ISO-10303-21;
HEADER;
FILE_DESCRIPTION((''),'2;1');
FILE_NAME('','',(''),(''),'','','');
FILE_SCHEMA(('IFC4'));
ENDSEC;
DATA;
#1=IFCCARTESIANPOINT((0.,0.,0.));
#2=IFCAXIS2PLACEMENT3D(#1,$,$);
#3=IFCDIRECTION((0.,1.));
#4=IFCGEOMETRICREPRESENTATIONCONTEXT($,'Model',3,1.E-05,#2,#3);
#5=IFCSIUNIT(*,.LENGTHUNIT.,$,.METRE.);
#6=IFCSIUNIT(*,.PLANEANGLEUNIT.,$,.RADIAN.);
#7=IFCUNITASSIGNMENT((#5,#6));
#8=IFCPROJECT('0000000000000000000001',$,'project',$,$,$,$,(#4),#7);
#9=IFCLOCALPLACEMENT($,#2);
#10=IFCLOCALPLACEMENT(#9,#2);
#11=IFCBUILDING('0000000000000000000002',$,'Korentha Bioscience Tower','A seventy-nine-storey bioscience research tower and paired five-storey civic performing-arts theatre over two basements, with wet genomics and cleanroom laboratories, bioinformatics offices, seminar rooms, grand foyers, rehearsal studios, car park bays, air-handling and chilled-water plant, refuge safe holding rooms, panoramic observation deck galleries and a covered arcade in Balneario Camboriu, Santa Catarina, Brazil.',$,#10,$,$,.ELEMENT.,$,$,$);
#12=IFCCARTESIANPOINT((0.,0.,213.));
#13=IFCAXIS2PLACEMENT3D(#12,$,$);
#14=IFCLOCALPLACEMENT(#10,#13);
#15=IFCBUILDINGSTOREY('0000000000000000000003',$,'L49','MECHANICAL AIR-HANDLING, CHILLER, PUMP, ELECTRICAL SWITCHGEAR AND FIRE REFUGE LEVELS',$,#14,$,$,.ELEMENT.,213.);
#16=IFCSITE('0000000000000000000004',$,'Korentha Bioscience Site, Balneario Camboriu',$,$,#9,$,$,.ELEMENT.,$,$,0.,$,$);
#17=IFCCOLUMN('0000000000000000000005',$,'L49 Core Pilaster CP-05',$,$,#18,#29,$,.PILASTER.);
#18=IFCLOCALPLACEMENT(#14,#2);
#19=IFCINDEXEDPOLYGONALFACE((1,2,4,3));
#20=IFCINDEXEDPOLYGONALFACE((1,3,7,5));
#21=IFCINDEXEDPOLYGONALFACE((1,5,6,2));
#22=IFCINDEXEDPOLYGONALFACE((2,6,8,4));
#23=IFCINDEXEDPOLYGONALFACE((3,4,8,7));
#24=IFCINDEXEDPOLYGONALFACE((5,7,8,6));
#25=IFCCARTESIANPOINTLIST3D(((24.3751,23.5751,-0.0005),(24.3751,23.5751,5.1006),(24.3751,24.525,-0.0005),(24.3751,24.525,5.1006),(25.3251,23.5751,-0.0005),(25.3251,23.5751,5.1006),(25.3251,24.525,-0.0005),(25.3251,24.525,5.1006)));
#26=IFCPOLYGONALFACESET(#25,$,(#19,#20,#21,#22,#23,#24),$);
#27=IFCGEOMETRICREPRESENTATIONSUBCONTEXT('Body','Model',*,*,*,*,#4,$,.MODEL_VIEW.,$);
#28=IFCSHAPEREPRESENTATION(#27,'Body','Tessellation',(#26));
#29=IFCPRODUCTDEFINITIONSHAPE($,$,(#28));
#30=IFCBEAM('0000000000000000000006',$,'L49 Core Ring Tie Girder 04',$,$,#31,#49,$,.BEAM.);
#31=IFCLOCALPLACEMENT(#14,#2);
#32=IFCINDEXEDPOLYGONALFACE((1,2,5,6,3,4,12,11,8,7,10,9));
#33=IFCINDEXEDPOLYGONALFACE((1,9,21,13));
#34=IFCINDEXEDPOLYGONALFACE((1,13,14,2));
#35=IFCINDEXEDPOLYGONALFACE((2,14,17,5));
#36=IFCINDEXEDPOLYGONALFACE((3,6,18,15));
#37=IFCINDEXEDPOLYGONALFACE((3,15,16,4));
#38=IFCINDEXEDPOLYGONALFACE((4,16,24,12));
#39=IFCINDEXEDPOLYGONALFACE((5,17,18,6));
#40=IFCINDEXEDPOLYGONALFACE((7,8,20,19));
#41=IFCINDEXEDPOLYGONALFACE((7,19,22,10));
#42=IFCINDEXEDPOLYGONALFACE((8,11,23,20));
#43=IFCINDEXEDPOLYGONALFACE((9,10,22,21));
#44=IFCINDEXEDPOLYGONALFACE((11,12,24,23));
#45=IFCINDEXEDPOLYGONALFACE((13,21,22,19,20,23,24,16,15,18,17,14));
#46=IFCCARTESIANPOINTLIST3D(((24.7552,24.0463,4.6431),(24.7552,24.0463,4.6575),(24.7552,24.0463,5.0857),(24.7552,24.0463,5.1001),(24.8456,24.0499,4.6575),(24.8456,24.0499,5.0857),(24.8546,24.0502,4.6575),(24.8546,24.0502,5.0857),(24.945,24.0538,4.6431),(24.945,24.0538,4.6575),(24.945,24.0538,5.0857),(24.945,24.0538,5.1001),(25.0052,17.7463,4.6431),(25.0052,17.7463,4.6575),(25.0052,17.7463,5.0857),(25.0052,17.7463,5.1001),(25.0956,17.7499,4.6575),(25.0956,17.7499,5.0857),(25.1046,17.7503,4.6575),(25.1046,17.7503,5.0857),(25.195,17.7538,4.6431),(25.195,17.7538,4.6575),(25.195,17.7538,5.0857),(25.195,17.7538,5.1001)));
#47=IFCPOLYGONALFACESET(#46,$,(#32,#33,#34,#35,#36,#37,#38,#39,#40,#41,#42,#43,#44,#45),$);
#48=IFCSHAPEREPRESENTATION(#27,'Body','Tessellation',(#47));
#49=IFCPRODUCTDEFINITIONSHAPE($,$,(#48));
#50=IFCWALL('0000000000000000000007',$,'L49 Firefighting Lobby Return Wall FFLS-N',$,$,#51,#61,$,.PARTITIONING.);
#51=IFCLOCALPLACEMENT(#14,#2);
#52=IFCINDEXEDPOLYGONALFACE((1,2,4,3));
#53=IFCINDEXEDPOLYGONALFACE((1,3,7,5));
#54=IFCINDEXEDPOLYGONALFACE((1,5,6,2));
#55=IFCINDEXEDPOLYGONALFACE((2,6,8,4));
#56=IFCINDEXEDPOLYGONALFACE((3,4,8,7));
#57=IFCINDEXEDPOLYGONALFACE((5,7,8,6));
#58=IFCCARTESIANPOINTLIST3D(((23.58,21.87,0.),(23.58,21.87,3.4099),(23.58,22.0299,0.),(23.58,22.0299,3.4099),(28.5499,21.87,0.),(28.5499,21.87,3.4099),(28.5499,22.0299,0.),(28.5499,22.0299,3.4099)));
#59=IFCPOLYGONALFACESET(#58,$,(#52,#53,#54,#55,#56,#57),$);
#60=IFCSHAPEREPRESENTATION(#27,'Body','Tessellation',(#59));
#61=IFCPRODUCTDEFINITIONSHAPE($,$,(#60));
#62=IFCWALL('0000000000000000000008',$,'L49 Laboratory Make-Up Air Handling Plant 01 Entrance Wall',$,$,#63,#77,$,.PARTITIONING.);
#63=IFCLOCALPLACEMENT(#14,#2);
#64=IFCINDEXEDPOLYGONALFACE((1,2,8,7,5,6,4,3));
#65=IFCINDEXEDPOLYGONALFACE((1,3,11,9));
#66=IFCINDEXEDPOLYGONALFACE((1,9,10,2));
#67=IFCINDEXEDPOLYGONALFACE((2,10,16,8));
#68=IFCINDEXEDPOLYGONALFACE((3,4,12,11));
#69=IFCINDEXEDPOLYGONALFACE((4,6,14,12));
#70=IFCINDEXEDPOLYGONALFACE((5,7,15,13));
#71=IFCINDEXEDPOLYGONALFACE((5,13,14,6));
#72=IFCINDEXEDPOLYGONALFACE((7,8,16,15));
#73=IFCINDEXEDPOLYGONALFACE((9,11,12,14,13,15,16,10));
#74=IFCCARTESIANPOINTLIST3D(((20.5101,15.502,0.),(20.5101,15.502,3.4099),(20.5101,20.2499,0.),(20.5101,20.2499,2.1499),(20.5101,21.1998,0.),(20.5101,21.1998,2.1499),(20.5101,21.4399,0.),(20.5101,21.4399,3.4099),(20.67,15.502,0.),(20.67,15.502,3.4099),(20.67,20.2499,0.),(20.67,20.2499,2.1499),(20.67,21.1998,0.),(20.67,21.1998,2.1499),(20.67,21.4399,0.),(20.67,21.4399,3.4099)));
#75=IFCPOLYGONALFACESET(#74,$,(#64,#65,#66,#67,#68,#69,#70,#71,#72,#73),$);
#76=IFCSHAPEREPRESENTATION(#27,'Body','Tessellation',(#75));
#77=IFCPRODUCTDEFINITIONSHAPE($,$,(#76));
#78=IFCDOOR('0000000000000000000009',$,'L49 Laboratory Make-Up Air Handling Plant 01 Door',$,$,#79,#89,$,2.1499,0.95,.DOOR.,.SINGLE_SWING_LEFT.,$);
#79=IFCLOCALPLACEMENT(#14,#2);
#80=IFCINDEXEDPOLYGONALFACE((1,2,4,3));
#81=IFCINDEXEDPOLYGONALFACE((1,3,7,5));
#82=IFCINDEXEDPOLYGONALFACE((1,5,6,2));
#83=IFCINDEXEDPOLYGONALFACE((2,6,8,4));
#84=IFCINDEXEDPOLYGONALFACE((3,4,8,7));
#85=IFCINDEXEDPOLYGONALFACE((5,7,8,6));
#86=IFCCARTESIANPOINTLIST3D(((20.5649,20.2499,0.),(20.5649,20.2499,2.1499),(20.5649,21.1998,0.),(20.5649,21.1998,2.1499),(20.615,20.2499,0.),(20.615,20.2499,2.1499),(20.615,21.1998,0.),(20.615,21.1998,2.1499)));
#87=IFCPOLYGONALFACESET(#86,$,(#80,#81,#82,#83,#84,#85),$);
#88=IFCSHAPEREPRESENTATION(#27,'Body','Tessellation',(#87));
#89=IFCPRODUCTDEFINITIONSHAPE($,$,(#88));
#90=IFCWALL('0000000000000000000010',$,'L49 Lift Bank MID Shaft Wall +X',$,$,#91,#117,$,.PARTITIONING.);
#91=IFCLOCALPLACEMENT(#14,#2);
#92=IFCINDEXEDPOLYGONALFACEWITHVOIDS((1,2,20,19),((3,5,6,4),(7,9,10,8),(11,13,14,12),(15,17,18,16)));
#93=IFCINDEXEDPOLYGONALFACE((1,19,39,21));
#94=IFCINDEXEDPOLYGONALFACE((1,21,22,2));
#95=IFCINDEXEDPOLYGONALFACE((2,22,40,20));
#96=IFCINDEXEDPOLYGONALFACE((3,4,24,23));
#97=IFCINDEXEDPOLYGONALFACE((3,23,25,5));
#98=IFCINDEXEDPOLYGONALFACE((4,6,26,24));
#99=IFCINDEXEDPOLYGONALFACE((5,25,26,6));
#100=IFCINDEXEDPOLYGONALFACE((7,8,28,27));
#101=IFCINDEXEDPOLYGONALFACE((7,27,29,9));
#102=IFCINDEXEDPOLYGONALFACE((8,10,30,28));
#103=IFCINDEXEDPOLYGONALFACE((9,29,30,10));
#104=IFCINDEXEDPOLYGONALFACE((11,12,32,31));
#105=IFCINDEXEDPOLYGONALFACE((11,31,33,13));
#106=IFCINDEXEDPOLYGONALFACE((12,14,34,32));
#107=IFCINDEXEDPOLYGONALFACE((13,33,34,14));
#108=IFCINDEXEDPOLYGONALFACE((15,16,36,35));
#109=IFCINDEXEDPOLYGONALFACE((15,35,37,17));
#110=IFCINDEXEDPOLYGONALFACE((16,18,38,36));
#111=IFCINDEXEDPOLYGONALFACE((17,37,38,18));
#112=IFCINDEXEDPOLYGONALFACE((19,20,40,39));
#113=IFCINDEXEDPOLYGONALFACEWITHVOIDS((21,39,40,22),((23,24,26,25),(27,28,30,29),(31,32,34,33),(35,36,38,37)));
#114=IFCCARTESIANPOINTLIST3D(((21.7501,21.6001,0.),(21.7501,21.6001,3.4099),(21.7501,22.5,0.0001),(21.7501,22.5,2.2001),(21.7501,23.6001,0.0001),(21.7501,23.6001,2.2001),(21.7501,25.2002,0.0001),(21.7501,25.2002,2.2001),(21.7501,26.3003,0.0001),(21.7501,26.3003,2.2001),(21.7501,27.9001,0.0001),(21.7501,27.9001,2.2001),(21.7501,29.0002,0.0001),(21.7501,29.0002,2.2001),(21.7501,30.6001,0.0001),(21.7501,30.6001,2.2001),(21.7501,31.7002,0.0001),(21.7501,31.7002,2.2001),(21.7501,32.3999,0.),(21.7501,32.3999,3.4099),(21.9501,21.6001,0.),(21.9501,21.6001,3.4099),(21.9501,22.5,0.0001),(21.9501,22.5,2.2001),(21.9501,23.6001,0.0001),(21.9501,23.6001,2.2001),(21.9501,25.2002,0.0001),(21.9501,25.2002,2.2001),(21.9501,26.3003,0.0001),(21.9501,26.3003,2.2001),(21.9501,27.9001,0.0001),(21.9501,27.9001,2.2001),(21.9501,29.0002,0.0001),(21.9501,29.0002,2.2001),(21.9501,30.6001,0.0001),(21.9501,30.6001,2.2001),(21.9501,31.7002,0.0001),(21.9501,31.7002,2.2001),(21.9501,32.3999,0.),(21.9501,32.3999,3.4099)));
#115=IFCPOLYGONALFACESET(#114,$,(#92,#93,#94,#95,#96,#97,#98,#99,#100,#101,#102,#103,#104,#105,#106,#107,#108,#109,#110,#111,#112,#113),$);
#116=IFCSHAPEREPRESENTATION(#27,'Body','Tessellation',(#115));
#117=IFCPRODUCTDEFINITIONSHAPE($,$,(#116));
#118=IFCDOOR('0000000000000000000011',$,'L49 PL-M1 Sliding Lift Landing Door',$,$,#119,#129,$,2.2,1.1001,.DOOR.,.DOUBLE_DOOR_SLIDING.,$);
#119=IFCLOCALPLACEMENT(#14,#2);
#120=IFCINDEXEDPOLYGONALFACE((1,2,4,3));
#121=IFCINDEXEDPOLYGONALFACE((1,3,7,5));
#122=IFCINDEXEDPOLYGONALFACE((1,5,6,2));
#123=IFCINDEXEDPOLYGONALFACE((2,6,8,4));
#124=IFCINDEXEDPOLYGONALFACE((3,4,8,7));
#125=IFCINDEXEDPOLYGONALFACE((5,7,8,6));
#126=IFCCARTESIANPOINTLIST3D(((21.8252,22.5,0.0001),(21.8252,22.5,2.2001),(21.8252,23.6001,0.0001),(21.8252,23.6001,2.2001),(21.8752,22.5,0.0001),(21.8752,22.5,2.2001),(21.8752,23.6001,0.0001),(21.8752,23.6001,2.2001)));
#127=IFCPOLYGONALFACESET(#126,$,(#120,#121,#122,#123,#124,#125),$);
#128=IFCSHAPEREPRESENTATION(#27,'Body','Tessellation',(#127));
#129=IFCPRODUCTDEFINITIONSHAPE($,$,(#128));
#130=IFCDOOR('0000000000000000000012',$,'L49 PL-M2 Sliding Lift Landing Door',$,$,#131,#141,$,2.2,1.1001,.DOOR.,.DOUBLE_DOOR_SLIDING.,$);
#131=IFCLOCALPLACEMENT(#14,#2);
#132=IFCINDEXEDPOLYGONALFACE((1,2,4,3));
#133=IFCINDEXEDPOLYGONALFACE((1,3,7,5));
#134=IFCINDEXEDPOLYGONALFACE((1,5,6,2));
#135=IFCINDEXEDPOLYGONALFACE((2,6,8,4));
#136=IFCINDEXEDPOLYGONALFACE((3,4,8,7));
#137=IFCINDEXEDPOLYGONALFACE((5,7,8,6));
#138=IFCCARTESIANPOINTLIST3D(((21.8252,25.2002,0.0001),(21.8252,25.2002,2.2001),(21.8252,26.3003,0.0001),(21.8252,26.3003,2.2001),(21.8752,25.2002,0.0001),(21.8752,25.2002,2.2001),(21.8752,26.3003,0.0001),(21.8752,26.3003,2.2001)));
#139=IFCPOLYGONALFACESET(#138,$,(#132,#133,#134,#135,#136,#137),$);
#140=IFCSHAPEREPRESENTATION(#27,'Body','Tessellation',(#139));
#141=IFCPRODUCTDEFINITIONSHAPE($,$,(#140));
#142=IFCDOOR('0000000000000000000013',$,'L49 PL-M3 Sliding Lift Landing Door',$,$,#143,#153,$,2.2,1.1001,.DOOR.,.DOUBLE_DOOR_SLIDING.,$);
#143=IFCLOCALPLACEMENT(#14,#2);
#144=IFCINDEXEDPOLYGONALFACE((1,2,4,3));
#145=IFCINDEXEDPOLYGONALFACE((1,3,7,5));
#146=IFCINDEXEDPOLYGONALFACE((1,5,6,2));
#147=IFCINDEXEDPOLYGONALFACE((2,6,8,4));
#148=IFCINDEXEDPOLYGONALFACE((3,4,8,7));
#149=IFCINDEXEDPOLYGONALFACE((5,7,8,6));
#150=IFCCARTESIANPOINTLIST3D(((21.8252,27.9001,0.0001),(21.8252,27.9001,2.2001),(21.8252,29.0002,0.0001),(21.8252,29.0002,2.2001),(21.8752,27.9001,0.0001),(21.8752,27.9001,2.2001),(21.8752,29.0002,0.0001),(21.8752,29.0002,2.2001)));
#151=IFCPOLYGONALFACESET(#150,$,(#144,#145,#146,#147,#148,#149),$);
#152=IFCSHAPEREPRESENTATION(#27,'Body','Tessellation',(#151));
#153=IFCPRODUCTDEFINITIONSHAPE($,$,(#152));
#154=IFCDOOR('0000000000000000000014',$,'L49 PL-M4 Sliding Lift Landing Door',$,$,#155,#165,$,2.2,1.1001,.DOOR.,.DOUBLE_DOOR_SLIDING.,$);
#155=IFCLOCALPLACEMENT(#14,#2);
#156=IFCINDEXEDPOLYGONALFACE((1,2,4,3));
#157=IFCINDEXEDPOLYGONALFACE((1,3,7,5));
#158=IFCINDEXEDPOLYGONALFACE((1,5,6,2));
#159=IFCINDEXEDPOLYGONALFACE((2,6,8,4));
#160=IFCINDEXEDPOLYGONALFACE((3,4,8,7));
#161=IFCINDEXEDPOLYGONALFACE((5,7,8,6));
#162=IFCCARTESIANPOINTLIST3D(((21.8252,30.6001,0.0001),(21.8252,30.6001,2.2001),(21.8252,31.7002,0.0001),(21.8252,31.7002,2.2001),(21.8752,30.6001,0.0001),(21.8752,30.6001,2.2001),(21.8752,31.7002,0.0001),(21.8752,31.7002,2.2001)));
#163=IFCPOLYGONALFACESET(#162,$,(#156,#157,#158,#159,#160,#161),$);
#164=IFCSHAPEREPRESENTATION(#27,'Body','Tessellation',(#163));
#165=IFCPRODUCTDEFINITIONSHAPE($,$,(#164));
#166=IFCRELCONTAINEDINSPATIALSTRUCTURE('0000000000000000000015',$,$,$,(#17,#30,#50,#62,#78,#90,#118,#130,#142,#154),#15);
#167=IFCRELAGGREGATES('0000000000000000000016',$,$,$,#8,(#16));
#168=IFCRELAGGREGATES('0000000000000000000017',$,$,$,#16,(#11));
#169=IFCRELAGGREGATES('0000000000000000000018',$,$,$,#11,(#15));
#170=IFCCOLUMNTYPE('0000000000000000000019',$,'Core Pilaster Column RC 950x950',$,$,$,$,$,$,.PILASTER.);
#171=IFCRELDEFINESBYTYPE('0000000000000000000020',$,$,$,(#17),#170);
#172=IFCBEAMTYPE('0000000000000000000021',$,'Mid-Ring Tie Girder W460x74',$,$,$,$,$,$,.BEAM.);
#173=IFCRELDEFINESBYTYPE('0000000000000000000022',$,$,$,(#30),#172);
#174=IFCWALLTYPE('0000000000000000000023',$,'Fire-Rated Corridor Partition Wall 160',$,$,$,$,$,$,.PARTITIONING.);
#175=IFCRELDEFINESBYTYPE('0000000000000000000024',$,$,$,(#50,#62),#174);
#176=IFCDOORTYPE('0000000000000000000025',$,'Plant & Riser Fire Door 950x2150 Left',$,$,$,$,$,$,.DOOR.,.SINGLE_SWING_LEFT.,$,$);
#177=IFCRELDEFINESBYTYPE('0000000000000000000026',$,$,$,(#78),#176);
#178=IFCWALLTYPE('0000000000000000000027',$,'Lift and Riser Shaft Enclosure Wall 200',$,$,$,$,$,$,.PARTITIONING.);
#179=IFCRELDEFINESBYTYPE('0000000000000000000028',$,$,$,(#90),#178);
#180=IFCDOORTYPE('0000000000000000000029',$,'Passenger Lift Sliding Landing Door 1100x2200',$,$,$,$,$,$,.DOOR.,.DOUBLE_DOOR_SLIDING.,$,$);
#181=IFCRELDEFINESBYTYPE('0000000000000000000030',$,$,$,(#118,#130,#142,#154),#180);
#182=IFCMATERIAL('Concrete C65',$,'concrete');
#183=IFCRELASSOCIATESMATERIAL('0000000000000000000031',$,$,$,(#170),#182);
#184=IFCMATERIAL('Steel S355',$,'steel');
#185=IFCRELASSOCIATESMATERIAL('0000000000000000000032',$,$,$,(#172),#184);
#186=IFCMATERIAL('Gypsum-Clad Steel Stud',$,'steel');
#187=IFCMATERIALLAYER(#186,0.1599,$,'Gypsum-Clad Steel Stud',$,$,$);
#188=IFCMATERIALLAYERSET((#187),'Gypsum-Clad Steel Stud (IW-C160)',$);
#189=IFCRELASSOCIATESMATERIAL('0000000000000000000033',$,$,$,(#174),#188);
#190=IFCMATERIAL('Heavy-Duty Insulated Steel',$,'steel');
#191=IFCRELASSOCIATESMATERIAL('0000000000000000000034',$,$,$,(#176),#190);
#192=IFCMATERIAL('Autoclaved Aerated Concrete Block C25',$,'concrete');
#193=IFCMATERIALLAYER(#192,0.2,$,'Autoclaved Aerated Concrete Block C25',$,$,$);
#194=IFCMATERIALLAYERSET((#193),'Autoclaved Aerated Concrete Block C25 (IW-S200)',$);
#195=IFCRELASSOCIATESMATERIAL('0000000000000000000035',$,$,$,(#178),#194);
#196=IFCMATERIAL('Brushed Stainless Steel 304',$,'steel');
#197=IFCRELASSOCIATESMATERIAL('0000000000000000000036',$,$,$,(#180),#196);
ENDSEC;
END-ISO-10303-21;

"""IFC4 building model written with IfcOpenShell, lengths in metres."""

from ifc_helpers import new_model, si_unit, direction, frame, frame_2d, origin, origin_2d, place, context, subcontext, project, spatial, rectangle, i_section, extrude, material, layer, layer_set, material_profile, profile_set, type_object, element, fill, save


model = new_model("IFC4")

# Units and contexts
model_context = context("Model", 3, precision=1e-05, world=origin(), true_north=direction((0.0, 1.0)))
body_context = subcontext(model_context, "Body", "Model", "MODEL_VIEW")
ifc_project = project(units=[si_unit("LENGTHUNIT", "METRE"), si_unit("PLANEANGLEUNIT", "RADIAN")], contexts=[model_context])

# Site, building, storey
site_placement = place(None, origin())
site = spatial("IfcSite", under=ifc_project, at=site_placement, Name="Korentha Bioscience Site, Balneario Camboriu", CompositionType="ELEMENT", RefElevation=0.0)
building_placement = place(site_placement, origin())
building = spatial("IfcBuilding", under=site, at=building_placement, Name="Korentha Bioscience Tower", Description="A seventy-nine-storey bioscience research tower and paired five-storey civic performing-arts theatre over two basements, with wet genomics and cleanroom laboratories, bioinformatics offices, seminar rooms, grand foyers, rehearsal studios, car park bays, air-handling and chilled-water plant, refuge safe holding rooms, panoramic observation deck galleries and a covered arcade in Balneario Camboriu, Santa Catarina, Brazil.", CompositionType="ELEMENT")
storey_placement = place(building_placement, frame((0.0, 0.0, 213.0)))
storey = spatial("IfcBuildingStorey", under=building, at=storey_placement, Name="L49", Description="MECHANICAL AIR-HANDLING, CHILLER, PUMP, ELECTRICAL SWITCHGEAR AND FIRE REFUGE LEVELS", CompositionType="ELEMENT", Elevation=213.0)

# Column
ifc_material_1 = material(Name="Concrete C65", Category="concrete")
ifc_material_profile_1 = material_profile(ifc_material_1, rectangle(XDim=0.95, YDim=0.95, at=origin_2d()), Name="Concrete C65")
ifc_profile_set_1 = profile_set([ifc_material_profile_1], Name="Concrete C65 (COL-CP09)")
column_type = type_object("IfcColumnType", Name="Core Pilaster Column RC 950x950", PredefinedType="PILASTER", material=ifc_profile_set_1)
column_placement = place(storey_placement, frame((24.8501, 24.05, -0.0005), z_axis=(0.0, 0.0, 1.0), x_axis=(1.0, 0.0, 0.0)))
element("IfcColumn", 1, at=column_placement, inside=storey, type_object=column_type, Name="L49 Core Pilaster CP-05", PredefinedType="PILASTER", context=body_context, shape_type="SweptSolid", body=[
    extrude(rectangle(XDim=0.95, YDim=0.95, at=origin_2d()), origin(), (0.0, 0.0, 1.0), 5.1011),
])

# Beam
ifc_material_2 = material(Name="Steel S355", Category="steel")
ifc_material_profile_2 = material_profile(ifc_material_2, i_section(OverallWidth=0.1899, OverallDepth=0.457, WebThickness=0.009, FlangeThickness=0.0144, at=origin_2d()), Name="Steel S355")
ifc_profile_set_2 = profile_set([ifc_material_profile_2], Name="Steel S355 (MB-460)")
beam_type = type_object("IfcBeamType", Name="Mid-Ring Tie Girder W460x74", PredefinedType="BEAM", material=ifc_profile_set_2)
beam_placement = place(storey_placement, frame((24.8501, 24.05, 4.8716), z_axis=(0.039651, -0.999214, 0.0), x_axis=(0.999214, 0.039651, 0.0)))
element("IfcBeam", 2, at=beam_placement, inside=storey, type_object=beam_type, Name="L49 Core Ring Tie Girder 04", PredefinedType="BEAM", context=body_context, shape_type="SweptSolid", body=[
    extrude(i_section(OverallWidth=0.1899, OverallDepth=0.457, WebThickness=0.009, FlangeThickness=0.0144, at=origin_2d()), origin(), (0.0, 0.0, 1.0), 6.3049),
])

# Wall
ifc_material_3 = material(Name="Gypsum-Clad Steel Stud", Category="steel")
ifc_layer_1 = layer(ifc_material_3, 0.1599, Name="Gypsum-Clad Steel Stud")
ifc_layer_set_1 = layer_set([ifc_layer_1], Name="Gypsum-Clad Steel Stud (IW-C160)")
wall_type_1 = type_object("IfcWallType", Name="Fire-Rated Corridor Partition Wall 160", PredefinedType="PARTITIONING", material=ifc_layer_set_1)
wall_1_placement = place(storey_placement, frame((23.5801, 21.95, 0.0), z_axis=(0.0, 0.0, 1.0), x_axis=(1.0, 0.0, 0.0)))
element("IfcWall", 3, at=wall_1_placement, inside=storey, type_object=wall_type_1, Name="L49 Firefighting Lobby Return Wall FFLS-N", PredefinedType="PARTITIONING", context=body_context, shape_type="SweptSolid", body=[
    extrude(rectangle(XDim=4.97, YDim=0.1599, at=frame_2d((2.4849, 0.0))), origin(), (0.0, 0.0, 1.0), 3.4099),
])

# Wall, opening, door
wall_2_placement = place(storey_placement, frame((20.5901, 21.4399, 0.0), z_axis=(0.0, 0.0, 1.0), x_axis=(0.0, -1.0, 0.0)))
wall_2 = element("IfcWall", 4, at=wall_2_placement, inside=storey, type_object=wall_type_1, Name="L49 Laboratory Make-Up Air Handling Plant 01 Entrance Wall", PredefinedType="PARTITIONING", context=body_context, shape_type="SweptSolid", body=[
    extrude(rectangle(XDim=5.938, YDim=0.1599, at=frame_2d((2.969, 0.0))), origin(), (0.0, 0.0, 1.0), 3.4099),
])
opening_1_placement = place(wall_2_placement, frame((0.24, 0.0, 0.0)))
opening_1 = element("IfcOpeningElement", 5, at=opening_1_placement, cuts=wall_2, PredefinedType="OPENING", context=body_context, shape_type="SweptSolid", body=[
    extrude(rectangle(XDim=0.95, YDim=2.1499, at=frame_2d((0.4751, 1.075))), frame((0.0, 0.0947, 0.0), z_axis=(0.0, -1.0, 0.0), x_axis=(1.0, 0.0, 0.0)), (0.0, 0.0, 1.0), 0.1897),
])
ifc_material_4 = material(Name="Heavy-Duty Insulated Steel", Category="steel")
door_type_1 = type_object("IfcDoorType", Name="Plant & Riser Fire Door 950x2150 Left", OperationType="SINGLE_SWING_LEFT", PredefinedType="DOOR", material=ifc_material_4)
door_1_placement = place(opening_1_placement, origin())
door_1 = element("IfcDoor", 6, at=door_1_placement, inside=storey, type_object=door_type_1, Name="L49 Laboratory Make-Up Air Handling Plant 01 Door", OperationType="SINGLE_SWING_LEFT", OverallHeight=2.1499, OverallWidth=0.95, PredefinedType="DOOR", context=body_context, shape_type="SweptSolid", body=[
    extrude(rectangle(XDim=0.95, YDim=2.1499, at=frame_2d((0.4751, 1.075))), frame((0.0, 0.0249, 0.0), z_axis=(0.0, -1.0, 0.0), x_axis=(1.0, 0.0, 0.0)), (0.0, 0.0, 1.0), 0.05),
])
fill(opening_1, door_1)

# Wall, openings, doors
ifc_material_5 = material(Name="Autoclaved Aerated Concrete Block C25", Category="concrete")
ifc_layer_2 = layer(ifc_material_5, 0.2, Name="Autoclaved Aerated Concrete Block C25")
ifc_layer_set_2 = layer_set([ifc_layer_2], Name="Autoclaved Aerated Concrete Block C25 (IW-S200)")
wall_type_2 = type_object("IfcWallType", Name="Lift and Riser Shaft Enclosure Wall 200", PredefinedType="PARTITIONING", material=ifc_layer_set_2)
wall_3_placement = place(storey_placement, frame((21.8501, 21.6001, 0.0), z_axis=(0.0, 0.0, 1.0), x_axis=(0.0, 1.0, 0.0)))
wall_3 = element("IfcWall", 7, at=wall_3_placement, inside=storey, type_object=wall_type_2, Name="L49 Lift Bank MID Shaft Wall +X", PredefinedType="PARTITIONING", context=body_context, shape_type="SweptSolid", body=[
    extrude(rectangle(XDim=10.7998, YDim=0.2, at=frame_2d((5.3999, 0.0))), origin(), (0.0, 0.0, 1.0), 3.4099),
])
opening_2_placement = place(wall_3_placement, frame((0.8999, 0.0, 0.0)))
opening_2 = element("IfcOpeningElement", 8, at=opening_2_placement, cuts=wall_3, PredefinedType="OPENING", context=body_context, shape_type="SweptSolid", body=[
    extrude(rectangle(XDim=1.1001, YDim=2.2, at=frame_2d((0.55, 1.1001))), frame((0.0, 0.1147, 0.0), z_axis=(0.0, -1.0, 0.0), x_axis=(1.0, 0.0, 0.0)), (0.0, 0.0, 1.0), 0.2297),
])
opening_3_placement = place(wall_3_placement, frame((3.6001, 0.0, 0.0)))
opening_3 = element("IfcOpeningElement", 9, at=opening_3_placement, cuts=wall_3, PredefinedType="OPENING", context=body_context, shape_type="SweptSolid", body=[
    extrude(rectangle(XDim=1.1001, YDim=2.2, at=frame_2d((0.55, 1.1001))), frame((0.0, 0.1147, 0.0), z_axis=(0.0, -1.0, 0.0), x_axis=(1.0, 0.0, 0.0)), (0.0, 0.0, 1.0), 0.2297),
])
opening_4_placement = place(wall_3_placement, frame((6.3, 0.0, 0.0)))
opening_4 = element("IfcOpeningElement", 10, at=opening_4_placement, cuts=wall_3, PredefinedType="OPENING", context=body_context, shape_type="SweptSolid", body=[
    extrude(rectangle(XDim=1.1001, YDim=2.2, at=frame_2d((0.55, 1.1001))), frame((0.0, 0.1147, 0.0), z_axis=(0.0, -1.0, 0.0), x_axis=(1.0, 0.0, 0.0)), (0.0, 0.0, 1.0), 0.2297),
])
opening_5_placement = place(wall_3_placement, frame((9.0, 0.0, 0.0)))
opening_5 = element("IfcOpeningElement", 11, at=opening_5_placement, cuts=wall_3, PredefinedType="OPENING", context=body_context, shape_type="SweptSolid", body=[
    extrude(rectangle(XDim=1.1001, YDim=2.2, at=frame_2d((0.55, 1.1001))), frame((0.0, 0.1147, 0.0), z_axis=(0.0, -1.0, 0.0), x_axis=(1.0, 0.0, 0.0)), (0.0, 0.0, 1.0), 0.2297),
])
ifc_material_6 = material(Name="Brushed Stainless Steel 304", Category="steel")
door_type_2 = type_object("IfcDoorType", Name="Passenger Lift Sliding Landing Door 1100x2200", OperationType="DOUBLE_DOOR_SLIDING", PredefinedType="DOOR", material=ifc_material_6)
door_2_placement = place(opening_2_placement, origin())
door_2 = element("IfcDoor", 12, at=door_2_placement, inside=storey, type_object=door_type_2, Name="L49 PL-M1 Sliding Lift Landing Door", OperationType="DOUBLE_DOOR_SLIDING", OverallHeight=2.2, OverallWidth=1.1001, PredefinedType="DOOR", context=body_context, shape_type="SweptSolid", body=[
    extrude(rectangle(XDim=1.1001, YDim=2.2, at=frame_2d((0.55, 1.1001))), frame((0.0, 0.0249, 0.0), z_axis=(0.0, -1.0, 0.0), x_axis=(1.0, 0.0, 0.0)), (0.0, 0.0, 1.0), 0.05),
])
fill(opening_2, door_2)
door_3_placement = place(opening_3_placement, origin())
door_3 = element("IfcDoor", 13, at=door_3_placement, inside=storey, type_object=door_type_2, Name="L49 PL-M2 Sliding Lift Landing Door", OperationType="DOUBLE_DOOR_SLIDING", OverallHeight=2.2, OverallWidth=1.1001, PredefinedType="DOOR", context=body_context, shape_type="SweptSolid", body=[
    extrude(rectangle(XDim=1.1001, YDim=2.2, at=frame_2d((0.55, 1.1001))), frame((0.0, 0.0249, 0.0), z_axis=(0.0, -1.0, 0.0), x_axis=(1.0, 0.0, 0.0)), (0.0, 0.0, 1.0), 0.05),
])
fill(opening_3, door_3)
door_4_placement = place(opening_4_placement, origin())
door_4 = element("IfcDoor", 14, at=door_4_placement, inside=storey, type_object=door_type_2, Name="L49 PL-M3 Sliding Lift Landing Door", OperationType="DOUBLE_DOOR_SLIDING", OverallHeight=2.2, OverallWidth=1.1001, PredefinedType="DOOR", context=body_context, shape_type="SweptSolid", body=[
    extrude(rectangle(XDim=1.1001, YDim=2.2, at=frame_2d((0.55, 1.1001))), frame((0.0, 0.0249, 0.0), z_axis=(0.0, -1.0, 0.0), x_axis=(1.0, 0.0, 0.0)), (0.0, 0.0, 1.0), 0.05),
])
fill(opening_4, door_4)
door_5_placement = place(opening_5_placement, origin())
door_5 = element("IfcDoor", 15, at=door_5_placement, inside=storey, type_object=door_type_2, Name="L49 PL-M4 Sliding Lift Landing Door", OperationType="DOUBLE_DOOR_SLIDING", OverallHeight=2.2, OverallWidth=1.1001, PredefinedType="DOOR", context=body_context, shape_type="SweptSolid", body=[
    extrude(rectangle(XDim=1.1001, YDim=2.2, at=frame_2d((0.55, 1.1001))), frame((0.0, 0.0249, 0.0), z_axis=(0.0, -1.0, 0.0), x_axis=(1.0, 0.0, 0.0)), (0.0, 0.0, 1.0), 0.05),
])
fill(opening_5, door_5)

save(model, "model.ifc")
